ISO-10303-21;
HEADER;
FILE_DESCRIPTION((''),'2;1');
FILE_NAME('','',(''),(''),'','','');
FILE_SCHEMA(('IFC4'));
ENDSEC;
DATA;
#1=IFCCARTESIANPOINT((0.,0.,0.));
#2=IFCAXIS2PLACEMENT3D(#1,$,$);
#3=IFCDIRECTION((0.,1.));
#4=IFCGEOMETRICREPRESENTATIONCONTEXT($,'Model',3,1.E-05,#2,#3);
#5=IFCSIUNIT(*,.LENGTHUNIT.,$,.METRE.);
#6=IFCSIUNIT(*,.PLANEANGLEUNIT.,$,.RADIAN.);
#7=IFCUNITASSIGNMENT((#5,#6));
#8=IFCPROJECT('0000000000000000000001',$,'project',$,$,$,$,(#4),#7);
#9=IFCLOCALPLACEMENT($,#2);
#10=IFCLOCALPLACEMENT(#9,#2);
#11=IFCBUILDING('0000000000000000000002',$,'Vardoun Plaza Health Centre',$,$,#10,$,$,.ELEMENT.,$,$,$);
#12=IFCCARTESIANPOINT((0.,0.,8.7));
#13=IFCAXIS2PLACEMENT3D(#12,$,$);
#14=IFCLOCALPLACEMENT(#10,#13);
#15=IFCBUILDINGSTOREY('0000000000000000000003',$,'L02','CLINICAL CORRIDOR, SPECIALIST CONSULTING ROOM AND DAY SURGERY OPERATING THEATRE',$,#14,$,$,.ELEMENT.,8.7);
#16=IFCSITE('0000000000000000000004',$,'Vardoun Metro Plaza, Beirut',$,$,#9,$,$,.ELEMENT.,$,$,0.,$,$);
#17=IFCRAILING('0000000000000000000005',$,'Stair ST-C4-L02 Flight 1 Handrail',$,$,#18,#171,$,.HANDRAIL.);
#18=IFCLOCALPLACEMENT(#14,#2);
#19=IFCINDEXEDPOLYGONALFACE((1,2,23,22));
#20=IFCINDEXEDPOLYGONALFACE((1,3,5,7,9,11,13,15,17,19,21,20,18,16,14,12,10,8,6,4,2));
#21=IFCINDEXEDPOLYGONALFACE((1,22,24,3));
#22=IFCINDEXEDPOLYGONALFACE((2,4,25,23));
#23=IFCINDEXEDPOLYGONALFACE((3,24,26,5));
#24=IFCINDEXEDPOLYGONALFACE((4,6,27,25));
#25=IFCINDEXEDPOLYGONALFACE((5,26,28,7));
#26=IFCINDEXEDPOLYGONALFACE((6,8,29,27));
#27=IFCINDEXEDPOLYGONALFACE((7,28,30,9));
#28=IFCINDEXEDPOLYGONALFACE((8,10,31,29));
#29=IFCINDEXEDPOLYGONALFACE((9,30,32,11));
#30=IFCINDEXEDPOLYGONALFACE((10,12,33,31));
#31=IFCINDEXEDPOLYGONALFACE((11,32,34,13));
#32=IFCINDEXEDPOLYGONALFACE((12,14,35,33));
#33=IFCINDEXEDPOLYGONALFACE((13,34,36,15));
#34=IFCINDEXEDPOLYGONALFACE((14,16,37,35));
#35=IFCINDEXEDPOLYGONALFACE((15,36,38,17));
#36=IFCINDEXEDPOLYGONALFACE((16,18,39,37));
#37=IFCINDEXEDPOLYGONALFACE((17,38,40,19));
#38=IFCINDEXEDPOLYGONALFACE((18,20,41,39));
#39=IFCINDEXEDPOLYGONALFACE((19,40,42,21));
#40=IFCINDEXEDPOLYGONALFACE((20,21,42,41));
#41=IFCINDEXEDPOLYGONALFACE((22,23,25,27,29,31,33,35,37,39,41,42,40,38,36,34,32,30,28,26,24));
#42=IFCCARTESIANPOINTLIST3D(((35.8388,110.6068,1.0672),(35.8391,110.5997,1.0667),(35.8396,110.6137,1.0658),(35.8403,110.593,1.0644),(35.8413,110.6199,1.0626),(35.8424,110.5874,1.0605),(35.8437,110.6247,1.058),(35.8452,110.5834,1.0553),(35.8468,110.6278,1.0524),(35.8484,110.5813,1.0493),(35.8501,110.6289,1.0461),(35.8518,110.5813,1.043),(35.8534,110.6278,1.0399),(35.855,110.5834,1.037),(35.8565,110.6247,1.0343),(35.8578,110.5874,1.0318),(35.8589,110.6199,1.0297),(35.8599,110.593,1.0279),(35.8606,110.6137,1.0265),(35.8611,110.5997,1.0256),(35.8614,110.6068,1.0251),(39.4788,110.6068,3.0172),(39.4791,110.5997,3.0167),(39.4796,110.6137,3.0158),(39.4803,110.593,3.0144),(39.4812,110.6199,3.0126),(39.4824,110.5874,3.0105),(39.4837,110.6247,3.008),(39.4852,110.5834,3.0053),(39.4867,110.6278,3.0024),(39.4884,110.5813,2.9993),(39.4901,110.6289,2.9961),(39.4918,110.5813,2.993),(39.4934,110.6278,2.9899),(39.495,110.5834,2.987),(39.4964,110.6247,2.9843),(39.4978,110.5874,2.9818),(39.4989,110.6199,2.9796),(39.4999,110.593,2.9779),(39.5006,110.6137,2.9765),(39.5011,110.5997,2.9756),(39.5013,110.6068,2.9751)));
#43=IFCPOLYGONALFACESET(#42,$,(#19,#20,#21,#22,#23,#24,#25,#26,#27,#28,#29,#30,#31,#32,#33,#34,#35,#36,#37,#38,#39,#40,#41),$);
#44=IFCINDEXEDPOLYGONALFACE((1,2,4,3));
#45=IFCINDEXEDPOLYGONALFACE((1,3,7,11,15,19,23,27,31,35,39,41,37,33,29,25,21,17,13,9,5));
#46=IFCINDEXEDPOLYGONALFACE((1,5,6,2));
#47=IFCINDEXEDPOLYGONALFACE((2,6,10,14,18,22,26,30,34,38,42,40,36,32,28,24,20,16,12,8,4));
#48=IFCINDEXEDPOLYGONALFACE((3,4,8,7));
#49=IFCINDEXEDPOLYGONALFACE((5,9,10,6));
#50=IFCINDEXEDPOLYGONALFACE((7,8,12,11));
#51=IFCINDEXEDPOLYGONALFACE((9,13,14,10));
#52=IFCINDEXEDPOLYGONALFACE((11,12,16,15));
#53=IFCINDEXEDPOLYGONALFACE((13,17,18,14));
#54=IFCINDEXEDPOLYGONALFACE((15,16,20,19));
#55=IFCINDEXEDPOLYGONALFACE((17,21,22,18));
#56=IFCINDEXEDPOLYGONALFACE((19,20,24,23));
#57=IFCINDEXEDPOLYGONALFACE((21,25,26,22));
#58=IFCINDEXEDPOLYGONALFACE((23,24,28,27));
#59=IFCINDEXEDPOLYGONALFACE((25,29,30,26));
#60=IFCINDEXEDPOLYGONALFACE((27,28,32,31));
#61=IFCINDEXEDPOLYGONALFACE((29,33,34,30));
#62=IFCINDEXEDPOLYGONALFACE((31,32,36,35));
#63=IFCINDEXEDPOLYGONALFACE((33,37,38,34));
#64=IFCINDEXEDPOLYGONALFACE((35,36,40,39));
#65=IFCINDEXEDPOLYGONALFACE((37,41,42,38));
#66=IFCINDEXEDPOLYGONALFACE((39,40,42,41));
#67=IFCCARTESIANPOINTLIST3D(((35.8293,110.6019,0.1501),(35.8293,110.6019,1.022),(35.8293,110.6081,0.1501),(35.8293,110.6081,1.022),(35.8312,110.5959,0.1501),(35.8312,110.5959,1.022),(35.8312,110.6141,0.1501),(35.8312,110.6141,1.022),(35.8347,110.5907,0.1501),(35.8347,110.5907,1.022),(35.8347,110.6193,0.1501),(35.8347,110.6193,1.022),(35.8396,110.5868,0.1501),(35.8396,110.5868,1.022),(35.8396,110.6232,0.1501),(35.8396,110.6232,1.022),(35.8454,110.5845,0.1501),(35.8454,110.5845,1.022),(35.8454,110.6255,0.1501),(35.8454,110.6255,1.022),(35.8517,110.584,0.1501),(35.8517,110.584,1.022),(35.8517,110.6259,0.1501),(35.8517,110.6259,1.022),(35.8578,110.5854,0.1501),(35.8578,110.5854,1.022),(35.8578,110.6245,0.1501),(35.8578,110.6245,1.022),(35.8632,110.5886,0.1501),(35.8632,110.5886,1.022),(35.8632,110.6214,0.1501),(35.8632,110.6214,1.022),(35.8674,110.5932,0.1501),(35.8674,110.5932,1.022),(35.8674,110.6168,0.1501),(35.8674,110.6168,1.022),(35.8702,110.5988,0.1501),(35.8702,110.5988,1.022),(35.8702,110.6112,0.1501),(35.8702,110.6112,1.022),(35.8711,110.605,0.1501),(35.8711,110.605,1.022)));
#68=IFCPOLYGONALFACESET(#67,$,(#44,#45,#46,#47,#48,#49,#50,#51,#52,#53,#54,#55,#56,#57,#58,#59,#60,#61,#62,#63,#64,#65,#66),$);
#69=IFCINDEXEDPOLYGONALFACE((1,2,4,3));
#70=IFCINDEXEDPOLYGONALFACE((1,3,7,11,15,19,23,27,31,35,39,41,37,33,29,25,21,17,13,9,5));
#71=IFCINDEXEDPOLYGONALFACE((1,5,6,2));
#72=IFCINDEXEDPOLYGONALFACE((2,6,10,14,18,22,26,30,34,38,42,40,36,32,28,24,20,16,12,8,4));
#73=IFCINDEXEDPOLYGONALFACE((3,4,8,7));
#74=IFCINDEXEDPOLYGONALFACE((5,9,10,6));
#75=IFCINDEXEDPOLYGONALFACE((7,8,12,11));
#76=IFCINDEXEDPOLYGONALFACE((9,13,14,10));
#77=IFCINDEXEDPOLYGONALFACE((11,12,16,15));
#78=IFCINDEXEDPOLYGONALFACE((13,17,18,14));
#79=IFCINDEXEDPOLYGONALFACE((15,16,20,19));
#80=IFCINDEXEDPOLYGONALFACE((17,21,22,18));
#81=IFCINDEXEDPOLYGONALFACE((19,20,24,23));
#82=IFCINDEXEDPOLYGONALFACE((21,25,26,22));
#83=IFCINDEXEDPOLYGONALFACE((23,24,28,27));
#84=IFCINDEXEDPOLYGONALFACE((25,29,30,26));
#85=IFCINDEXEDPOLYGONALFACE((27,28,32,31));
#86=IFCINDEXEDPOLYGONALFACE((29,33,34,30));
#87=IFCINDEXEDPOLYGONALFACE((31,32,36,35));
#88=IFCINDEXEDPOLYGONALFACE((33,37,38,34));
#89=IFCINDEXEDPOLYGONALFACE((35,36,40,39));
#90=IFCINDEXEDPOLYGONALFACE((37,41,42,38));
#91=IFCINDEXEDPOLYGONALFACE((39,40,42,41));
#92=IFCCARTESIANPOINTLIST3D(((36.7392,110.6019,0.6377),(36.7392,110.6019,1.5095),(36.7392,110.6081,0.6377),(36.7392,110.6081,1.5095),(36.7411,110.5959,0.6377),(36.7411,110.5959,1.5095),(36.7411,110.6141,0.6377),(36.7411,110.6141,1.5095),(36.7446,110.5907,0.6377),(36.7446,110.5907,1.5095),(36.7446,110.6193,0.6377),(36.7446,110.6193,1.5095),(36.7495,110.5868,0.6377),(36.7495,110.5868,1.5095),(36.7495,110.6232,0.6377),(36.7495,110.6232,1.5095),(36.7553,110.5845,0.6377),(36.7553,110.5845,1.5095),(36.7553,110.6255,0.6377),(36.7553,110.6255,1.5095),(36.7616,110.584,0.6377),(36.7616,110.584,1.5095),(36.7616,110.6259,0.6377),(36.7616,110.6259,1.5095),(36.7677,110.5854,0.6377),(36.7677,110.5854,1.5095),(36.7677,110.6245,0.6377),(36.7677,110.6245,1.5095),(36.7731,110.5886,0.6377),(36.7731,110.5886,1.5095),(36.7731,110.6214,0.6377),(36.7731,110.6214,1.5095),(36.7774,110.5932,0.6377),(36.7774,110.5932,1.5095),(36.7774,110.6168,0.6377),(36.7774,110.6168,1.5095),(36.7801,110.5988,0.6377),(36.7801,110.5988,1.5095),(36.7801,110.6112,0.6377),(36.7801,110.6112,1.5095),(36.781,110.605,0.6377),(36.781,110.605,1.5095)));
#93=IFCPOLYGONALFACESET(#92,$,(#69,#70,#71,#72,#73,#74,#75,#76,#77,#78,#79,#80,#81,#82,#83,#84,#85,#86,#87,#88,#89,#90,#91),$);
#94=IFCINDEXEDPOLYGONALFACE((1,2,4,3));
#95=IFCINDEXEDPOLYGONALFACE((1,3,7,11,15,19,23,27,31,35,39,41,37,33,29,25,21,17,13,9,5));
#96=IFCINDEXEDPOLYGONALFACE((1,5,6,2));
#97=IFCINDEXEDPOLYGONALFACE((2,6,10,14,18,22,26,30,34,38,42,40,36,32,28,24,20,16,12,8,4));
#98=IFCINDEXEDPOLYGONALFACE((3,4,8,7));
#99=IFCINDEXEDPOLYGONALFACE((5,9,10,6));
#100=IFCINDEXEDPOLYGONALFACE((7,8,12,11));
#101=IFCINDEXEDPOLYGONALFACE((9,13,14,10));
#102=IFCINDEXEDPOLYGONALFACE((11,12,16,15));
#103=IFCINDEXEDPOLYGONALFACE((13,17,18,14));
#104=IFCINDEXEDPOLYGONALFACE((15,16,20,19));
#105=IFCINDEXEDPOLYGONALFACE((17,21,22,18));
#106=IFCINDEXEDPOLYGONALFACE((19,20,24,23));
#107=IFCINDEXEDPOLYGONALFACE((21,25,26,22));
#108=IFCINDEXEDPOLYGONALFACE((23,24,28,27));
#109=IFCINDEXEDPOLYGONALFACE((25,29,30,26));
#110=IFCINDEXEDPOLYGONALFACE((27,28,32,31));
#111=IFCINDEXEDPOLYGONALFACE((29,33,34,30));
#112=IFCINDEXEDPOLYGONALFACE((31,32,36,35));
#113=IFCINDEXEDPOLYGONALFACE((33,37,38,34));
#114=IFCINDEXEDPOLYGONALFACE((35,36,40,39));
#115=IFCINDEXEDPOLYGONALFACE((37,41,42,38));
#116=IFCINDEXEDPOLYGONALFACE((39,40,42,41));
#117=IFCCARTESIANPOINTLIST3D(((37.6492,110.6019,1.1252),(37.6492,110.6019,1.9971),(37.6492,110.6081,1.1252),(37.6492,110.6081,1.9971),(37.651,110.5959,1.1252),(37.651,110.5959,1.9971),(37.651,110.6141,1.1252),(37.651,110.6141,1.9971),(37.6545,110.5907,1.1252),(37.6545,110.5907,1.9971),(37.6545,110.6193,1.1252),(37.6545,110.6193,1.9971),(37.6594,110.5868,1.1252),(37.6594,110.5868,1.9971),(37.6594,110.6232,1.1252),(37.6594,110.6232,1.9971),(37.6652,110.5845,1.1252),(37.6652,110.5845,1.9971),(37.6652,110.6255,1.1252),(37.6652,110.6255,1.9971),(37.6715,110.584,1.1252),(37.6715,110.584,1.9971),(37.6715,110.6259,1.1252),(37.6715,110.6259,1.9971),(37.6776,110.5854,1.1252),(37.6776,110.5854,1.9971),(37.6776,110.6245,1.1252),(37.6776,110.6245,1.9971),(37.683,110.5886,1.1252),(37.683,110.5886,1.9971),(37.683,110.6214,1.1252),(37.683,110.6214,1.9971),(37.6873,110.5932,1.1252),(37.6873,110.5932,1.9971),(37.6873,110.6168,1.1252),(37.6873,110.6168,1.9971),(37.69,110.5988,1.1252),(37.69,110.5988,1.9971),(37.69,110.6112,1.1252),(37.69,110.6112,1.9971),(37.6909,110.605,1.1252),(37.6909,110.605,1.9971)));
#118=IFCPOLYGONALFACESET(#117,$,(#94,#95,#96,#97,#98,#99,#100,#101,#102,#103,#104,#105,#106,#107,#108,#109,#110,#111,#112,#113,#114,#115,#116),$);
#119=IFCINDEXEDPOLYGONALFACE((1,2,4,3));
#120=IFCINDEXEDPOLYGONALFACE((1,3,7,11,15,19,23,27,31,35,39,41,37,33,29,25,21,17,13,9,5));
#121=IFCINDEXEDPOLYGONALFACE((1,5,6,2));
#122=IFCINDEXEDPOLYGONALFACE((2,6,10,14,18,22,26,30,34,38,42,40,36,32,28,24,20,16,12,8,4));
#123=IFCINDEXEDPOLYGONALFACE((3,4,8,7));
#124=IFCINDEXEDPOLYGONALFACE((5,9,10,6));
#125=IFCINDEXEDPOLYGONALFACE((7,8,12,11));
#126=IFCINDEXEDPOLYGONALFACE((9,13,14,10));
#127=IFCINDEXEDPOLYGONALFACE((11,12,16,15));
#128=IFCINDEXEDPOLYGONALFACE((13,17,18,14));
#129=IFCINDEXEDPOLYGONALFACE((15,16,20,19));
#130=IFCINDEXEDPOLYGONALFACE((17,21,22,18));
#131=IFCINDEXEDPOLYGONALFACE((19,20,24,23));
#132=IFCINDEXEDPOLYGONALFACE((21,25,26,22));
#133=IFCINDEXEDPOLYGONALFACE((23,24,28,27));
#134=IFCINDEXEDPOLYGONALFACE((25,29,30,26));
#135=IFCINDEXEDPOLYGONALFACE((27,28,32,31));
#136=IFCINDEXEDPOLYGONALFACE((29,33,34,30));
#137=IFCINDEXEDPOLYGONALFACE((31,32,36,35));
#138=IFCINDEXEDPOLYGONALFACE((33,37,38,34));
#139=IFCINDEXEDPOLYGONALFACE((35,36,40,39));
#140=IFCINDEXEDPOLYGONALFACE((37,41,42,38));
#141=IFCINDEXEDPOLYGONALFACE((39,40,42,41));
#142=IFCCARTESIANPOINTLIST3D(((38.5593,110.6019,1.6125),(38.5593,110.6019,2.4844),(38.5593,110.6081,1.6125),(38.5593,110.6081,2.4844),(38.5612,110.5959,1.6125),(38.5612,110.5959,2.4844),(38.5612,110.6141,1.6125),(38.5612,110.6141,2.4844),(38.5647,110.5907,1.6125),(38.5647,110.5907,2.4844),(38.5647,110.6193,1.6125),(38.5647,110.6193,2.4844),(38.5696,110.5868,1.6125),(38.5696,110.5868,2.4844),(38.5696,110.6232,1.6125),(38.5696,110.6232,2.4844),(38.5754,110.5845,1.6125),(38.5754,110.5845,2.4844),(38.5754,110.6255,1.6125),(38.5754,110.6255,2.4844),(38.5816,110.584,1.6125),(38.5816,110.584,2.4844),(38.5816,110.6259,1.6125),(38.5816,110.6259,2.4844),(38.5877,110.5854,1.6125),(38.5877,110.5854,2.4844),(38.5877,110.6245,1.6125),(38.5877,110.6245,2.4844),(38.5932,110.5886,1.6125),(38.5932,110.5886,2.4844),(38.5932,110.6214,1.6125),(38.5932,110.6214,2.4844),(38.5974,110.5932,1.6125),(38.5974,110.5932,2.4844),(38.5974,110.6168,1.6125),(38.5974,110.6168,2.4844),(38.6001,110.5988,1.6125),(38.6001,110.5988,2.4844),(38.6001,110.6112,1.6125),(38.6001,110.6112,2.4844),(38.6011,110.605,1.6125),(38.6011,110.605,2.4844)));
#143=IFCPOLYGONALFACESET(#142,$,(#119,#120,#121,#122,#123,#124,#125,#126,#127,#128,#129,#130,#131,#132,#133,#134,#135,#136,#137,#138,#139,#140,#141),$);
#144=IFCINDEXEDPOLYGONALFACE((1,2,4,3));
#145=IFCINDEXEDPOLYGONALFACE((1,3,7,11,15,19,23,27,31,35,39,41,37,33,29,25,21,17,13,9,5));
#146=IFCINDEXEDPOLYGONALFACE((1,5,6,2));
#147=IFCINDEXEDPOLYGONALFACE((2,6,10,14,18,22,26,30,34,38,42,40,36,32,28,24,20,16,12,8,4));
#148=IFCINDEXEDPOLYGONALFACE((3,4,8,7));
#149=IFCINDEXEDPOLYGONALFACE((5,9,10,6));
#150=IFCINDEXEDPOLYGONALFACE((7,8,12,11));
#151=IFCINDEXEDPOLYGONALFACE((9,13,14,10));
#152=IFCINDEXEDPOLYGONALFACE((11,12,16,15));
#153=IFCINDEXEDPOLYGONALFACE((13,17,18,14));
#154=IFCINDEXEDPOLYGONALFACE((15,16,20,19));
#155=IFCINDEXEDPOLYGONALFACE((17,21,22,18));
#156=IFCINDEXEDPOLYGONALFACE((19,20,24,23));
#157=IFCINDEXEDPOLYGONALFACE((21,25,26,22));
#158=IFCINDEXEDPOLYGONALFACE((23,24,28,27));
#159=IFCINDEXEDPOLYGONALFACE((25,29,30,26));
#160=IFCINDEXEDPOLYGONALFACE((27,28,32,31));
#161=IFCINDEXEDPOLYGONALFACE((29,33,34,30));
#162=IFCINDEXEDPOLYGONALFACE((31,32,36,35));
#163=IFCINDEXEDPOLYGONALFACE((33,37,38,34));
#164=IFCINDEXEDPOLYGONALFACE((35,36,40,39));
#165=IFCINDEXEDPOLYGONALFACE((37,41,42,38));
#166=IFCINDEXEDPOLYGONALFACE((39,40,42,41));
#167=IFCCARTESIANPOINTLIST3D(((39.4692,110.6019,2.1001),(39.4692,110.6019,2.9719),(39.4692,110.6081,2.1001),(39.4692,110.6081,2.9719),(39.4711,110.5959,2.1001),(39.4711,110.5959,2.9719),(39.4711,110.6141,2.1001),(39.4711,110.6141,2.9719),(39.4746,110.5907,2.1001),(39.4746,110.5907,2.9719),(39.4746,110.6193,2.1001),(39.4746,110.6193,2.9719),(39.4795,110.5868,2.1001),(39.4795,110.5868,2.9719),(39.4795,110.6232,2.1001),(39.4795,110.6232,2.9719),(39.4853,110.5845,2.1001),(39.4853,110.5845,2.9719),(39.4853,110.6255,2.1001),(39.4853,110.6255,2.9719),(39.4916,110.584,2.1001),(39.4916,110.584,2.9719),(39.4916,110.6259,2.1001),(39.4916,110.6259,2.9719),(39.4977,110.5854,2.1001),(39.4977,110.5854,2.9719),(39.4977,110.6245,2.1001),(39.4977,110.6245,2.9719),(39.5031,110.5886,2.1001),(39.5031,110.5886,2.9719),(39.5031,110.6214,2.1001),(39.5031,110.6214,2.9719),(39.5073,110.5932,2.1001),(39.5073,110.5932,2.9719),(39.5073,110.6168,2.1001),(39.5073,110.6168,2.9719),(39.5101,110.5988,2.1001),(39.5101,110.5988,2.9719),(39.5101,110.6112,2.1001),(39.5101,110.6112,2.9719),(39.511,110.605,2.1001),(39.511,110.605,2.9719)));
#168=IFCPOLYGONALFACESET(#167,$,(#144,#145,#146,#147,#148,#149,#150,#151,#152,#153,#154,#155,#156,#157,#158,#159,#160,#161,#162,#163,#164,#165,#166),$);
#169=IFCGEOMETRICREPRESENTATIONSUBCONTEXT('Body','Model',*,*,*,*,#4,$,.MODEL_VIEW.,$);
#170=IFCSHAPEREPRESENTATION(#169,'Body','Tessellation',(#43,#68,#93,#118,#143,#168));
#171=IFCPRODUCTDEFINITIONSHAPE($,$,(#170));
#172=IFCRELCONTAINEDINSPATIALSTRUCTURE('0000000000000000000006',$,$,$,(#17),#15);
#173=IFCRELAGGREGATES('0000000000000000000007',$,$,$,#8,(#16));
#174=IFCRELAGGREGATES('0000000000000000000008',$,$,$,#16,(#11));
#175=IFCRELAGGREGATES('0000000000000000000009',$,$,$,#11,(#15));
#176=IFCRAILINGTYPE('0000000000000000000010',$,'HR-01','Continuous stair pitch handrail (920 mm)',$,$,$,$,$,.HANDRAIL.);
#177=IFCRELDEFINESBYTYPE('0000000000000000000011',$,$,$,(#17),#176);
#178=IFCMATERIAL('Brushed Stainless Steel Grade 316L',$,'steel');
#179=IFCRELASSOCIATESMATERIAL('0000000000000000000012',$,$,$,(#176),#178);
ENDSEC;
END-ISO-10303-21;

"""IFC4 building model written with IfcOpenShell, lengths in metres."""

from ifc_helpers import new_model, si_unit, direction, frame, origin, origin_2d, place, context, subcontext, project, spatial, circle, extrude, material, type_object, element, save


model = new_model("IFC4")

# Units and contexts
model_context = context("Model", 3, precision=1e-05, world=origin(), true_north=direction((0.0, 1.0)))
body_context = subcontext(model_context, "Body", "Model", "MODEL_VIEW")
ifc_project = project(units=[si_unit("LENGTHUNIT", "METRE"), si_unit("PLANEANGLEUNIT", "RADIAN")], contexts=[model_context])

# Site, building, storey
site_placement = place(None, origin())
site = spatial("IfcSite", under=ifc_project, at=site_placement, Name="Vardoun Metro Plaza, Beirut", CompositionType="ELEMENT", RefElevation=0.0)
building_placement = place(site_placement, origin())
building = spatial("IfcBuilding", under=site, at=building_placement, Name="Vardoun Plaza Health Centre", CompositionType="ELEMENT")
storey_placement = place(building_placement, frame((0.0, 0.0, 8.7)))
storey = spatial("IfcBuildingStorey", under=building, at=storey_placement, Name="L02", Description="CLINICAL CORRIDOR, SPECIALIST CONSULTING ROOM AND DAY SURGERY OPERATING THEATRE", CompositionType="ELEMENT", Elevation=8.7)

# Railing
ifc_material_1 = material(Name="Brushed Stainless Steel Grade 316L", Category="steel")
railing_type_1 = type_object("IfcRailingType", Name="HR-01", Description="Continuous stair pitch handrail (920 mm)", PredefinedType="HANDRAIL", material=ifc_material_1)
railing_1_placement = place(storey_placement, frame((35.8501, 110.605, 0.1501)))
element("IfcRailing", 1, at=railing_1_placement, inside=storey, type_object=railing_type_1, Name="Stair ST-C4-L02 Flight 1 Handrail", PredefinedType="HANDRAIL", context=body_context, shape_type="SweptSolid", body=[
    extrude(circle(Radius=0.0239, at=origin_2d()), frame((0.0, 0.0, 0.896), z_axis=(0.881479, 0.0, 0.472223), x_axis=(0.0, 1.0, 0.0)), (0.0, 0.0, 1.0), 4.1294),
    extrude(circle(Radius=0.021, at=origin_2d()), origin(), (0.0, 0.0, 1.0), 0.8718),
    extrude(circle(Radius=0.021, at=origin_2d()), frame((0.9099, 0.0, 0.4875)), (0.0, 0.0, 1.0), 0.8718),
    extrude(circle(Radius=0.021, at=origin_2d()), frame((1.8198, 0.0, 0.9751)), (0.0, 0.0, 1.0), 0.8718),
    extrude(circle(Radius=0.021, at=origin_2d()), frame((2.73, 0.0, 1.4624)), (0.0, 0.0, 1.0), 0.8718),
    extrude(circle(Radius=0.021, at=origin_2d()), frame((3.6399, 0.0, 1.95)), (0.0, 0.0, 1.0), 0.8718),
])

save(model, "model.ifc")
